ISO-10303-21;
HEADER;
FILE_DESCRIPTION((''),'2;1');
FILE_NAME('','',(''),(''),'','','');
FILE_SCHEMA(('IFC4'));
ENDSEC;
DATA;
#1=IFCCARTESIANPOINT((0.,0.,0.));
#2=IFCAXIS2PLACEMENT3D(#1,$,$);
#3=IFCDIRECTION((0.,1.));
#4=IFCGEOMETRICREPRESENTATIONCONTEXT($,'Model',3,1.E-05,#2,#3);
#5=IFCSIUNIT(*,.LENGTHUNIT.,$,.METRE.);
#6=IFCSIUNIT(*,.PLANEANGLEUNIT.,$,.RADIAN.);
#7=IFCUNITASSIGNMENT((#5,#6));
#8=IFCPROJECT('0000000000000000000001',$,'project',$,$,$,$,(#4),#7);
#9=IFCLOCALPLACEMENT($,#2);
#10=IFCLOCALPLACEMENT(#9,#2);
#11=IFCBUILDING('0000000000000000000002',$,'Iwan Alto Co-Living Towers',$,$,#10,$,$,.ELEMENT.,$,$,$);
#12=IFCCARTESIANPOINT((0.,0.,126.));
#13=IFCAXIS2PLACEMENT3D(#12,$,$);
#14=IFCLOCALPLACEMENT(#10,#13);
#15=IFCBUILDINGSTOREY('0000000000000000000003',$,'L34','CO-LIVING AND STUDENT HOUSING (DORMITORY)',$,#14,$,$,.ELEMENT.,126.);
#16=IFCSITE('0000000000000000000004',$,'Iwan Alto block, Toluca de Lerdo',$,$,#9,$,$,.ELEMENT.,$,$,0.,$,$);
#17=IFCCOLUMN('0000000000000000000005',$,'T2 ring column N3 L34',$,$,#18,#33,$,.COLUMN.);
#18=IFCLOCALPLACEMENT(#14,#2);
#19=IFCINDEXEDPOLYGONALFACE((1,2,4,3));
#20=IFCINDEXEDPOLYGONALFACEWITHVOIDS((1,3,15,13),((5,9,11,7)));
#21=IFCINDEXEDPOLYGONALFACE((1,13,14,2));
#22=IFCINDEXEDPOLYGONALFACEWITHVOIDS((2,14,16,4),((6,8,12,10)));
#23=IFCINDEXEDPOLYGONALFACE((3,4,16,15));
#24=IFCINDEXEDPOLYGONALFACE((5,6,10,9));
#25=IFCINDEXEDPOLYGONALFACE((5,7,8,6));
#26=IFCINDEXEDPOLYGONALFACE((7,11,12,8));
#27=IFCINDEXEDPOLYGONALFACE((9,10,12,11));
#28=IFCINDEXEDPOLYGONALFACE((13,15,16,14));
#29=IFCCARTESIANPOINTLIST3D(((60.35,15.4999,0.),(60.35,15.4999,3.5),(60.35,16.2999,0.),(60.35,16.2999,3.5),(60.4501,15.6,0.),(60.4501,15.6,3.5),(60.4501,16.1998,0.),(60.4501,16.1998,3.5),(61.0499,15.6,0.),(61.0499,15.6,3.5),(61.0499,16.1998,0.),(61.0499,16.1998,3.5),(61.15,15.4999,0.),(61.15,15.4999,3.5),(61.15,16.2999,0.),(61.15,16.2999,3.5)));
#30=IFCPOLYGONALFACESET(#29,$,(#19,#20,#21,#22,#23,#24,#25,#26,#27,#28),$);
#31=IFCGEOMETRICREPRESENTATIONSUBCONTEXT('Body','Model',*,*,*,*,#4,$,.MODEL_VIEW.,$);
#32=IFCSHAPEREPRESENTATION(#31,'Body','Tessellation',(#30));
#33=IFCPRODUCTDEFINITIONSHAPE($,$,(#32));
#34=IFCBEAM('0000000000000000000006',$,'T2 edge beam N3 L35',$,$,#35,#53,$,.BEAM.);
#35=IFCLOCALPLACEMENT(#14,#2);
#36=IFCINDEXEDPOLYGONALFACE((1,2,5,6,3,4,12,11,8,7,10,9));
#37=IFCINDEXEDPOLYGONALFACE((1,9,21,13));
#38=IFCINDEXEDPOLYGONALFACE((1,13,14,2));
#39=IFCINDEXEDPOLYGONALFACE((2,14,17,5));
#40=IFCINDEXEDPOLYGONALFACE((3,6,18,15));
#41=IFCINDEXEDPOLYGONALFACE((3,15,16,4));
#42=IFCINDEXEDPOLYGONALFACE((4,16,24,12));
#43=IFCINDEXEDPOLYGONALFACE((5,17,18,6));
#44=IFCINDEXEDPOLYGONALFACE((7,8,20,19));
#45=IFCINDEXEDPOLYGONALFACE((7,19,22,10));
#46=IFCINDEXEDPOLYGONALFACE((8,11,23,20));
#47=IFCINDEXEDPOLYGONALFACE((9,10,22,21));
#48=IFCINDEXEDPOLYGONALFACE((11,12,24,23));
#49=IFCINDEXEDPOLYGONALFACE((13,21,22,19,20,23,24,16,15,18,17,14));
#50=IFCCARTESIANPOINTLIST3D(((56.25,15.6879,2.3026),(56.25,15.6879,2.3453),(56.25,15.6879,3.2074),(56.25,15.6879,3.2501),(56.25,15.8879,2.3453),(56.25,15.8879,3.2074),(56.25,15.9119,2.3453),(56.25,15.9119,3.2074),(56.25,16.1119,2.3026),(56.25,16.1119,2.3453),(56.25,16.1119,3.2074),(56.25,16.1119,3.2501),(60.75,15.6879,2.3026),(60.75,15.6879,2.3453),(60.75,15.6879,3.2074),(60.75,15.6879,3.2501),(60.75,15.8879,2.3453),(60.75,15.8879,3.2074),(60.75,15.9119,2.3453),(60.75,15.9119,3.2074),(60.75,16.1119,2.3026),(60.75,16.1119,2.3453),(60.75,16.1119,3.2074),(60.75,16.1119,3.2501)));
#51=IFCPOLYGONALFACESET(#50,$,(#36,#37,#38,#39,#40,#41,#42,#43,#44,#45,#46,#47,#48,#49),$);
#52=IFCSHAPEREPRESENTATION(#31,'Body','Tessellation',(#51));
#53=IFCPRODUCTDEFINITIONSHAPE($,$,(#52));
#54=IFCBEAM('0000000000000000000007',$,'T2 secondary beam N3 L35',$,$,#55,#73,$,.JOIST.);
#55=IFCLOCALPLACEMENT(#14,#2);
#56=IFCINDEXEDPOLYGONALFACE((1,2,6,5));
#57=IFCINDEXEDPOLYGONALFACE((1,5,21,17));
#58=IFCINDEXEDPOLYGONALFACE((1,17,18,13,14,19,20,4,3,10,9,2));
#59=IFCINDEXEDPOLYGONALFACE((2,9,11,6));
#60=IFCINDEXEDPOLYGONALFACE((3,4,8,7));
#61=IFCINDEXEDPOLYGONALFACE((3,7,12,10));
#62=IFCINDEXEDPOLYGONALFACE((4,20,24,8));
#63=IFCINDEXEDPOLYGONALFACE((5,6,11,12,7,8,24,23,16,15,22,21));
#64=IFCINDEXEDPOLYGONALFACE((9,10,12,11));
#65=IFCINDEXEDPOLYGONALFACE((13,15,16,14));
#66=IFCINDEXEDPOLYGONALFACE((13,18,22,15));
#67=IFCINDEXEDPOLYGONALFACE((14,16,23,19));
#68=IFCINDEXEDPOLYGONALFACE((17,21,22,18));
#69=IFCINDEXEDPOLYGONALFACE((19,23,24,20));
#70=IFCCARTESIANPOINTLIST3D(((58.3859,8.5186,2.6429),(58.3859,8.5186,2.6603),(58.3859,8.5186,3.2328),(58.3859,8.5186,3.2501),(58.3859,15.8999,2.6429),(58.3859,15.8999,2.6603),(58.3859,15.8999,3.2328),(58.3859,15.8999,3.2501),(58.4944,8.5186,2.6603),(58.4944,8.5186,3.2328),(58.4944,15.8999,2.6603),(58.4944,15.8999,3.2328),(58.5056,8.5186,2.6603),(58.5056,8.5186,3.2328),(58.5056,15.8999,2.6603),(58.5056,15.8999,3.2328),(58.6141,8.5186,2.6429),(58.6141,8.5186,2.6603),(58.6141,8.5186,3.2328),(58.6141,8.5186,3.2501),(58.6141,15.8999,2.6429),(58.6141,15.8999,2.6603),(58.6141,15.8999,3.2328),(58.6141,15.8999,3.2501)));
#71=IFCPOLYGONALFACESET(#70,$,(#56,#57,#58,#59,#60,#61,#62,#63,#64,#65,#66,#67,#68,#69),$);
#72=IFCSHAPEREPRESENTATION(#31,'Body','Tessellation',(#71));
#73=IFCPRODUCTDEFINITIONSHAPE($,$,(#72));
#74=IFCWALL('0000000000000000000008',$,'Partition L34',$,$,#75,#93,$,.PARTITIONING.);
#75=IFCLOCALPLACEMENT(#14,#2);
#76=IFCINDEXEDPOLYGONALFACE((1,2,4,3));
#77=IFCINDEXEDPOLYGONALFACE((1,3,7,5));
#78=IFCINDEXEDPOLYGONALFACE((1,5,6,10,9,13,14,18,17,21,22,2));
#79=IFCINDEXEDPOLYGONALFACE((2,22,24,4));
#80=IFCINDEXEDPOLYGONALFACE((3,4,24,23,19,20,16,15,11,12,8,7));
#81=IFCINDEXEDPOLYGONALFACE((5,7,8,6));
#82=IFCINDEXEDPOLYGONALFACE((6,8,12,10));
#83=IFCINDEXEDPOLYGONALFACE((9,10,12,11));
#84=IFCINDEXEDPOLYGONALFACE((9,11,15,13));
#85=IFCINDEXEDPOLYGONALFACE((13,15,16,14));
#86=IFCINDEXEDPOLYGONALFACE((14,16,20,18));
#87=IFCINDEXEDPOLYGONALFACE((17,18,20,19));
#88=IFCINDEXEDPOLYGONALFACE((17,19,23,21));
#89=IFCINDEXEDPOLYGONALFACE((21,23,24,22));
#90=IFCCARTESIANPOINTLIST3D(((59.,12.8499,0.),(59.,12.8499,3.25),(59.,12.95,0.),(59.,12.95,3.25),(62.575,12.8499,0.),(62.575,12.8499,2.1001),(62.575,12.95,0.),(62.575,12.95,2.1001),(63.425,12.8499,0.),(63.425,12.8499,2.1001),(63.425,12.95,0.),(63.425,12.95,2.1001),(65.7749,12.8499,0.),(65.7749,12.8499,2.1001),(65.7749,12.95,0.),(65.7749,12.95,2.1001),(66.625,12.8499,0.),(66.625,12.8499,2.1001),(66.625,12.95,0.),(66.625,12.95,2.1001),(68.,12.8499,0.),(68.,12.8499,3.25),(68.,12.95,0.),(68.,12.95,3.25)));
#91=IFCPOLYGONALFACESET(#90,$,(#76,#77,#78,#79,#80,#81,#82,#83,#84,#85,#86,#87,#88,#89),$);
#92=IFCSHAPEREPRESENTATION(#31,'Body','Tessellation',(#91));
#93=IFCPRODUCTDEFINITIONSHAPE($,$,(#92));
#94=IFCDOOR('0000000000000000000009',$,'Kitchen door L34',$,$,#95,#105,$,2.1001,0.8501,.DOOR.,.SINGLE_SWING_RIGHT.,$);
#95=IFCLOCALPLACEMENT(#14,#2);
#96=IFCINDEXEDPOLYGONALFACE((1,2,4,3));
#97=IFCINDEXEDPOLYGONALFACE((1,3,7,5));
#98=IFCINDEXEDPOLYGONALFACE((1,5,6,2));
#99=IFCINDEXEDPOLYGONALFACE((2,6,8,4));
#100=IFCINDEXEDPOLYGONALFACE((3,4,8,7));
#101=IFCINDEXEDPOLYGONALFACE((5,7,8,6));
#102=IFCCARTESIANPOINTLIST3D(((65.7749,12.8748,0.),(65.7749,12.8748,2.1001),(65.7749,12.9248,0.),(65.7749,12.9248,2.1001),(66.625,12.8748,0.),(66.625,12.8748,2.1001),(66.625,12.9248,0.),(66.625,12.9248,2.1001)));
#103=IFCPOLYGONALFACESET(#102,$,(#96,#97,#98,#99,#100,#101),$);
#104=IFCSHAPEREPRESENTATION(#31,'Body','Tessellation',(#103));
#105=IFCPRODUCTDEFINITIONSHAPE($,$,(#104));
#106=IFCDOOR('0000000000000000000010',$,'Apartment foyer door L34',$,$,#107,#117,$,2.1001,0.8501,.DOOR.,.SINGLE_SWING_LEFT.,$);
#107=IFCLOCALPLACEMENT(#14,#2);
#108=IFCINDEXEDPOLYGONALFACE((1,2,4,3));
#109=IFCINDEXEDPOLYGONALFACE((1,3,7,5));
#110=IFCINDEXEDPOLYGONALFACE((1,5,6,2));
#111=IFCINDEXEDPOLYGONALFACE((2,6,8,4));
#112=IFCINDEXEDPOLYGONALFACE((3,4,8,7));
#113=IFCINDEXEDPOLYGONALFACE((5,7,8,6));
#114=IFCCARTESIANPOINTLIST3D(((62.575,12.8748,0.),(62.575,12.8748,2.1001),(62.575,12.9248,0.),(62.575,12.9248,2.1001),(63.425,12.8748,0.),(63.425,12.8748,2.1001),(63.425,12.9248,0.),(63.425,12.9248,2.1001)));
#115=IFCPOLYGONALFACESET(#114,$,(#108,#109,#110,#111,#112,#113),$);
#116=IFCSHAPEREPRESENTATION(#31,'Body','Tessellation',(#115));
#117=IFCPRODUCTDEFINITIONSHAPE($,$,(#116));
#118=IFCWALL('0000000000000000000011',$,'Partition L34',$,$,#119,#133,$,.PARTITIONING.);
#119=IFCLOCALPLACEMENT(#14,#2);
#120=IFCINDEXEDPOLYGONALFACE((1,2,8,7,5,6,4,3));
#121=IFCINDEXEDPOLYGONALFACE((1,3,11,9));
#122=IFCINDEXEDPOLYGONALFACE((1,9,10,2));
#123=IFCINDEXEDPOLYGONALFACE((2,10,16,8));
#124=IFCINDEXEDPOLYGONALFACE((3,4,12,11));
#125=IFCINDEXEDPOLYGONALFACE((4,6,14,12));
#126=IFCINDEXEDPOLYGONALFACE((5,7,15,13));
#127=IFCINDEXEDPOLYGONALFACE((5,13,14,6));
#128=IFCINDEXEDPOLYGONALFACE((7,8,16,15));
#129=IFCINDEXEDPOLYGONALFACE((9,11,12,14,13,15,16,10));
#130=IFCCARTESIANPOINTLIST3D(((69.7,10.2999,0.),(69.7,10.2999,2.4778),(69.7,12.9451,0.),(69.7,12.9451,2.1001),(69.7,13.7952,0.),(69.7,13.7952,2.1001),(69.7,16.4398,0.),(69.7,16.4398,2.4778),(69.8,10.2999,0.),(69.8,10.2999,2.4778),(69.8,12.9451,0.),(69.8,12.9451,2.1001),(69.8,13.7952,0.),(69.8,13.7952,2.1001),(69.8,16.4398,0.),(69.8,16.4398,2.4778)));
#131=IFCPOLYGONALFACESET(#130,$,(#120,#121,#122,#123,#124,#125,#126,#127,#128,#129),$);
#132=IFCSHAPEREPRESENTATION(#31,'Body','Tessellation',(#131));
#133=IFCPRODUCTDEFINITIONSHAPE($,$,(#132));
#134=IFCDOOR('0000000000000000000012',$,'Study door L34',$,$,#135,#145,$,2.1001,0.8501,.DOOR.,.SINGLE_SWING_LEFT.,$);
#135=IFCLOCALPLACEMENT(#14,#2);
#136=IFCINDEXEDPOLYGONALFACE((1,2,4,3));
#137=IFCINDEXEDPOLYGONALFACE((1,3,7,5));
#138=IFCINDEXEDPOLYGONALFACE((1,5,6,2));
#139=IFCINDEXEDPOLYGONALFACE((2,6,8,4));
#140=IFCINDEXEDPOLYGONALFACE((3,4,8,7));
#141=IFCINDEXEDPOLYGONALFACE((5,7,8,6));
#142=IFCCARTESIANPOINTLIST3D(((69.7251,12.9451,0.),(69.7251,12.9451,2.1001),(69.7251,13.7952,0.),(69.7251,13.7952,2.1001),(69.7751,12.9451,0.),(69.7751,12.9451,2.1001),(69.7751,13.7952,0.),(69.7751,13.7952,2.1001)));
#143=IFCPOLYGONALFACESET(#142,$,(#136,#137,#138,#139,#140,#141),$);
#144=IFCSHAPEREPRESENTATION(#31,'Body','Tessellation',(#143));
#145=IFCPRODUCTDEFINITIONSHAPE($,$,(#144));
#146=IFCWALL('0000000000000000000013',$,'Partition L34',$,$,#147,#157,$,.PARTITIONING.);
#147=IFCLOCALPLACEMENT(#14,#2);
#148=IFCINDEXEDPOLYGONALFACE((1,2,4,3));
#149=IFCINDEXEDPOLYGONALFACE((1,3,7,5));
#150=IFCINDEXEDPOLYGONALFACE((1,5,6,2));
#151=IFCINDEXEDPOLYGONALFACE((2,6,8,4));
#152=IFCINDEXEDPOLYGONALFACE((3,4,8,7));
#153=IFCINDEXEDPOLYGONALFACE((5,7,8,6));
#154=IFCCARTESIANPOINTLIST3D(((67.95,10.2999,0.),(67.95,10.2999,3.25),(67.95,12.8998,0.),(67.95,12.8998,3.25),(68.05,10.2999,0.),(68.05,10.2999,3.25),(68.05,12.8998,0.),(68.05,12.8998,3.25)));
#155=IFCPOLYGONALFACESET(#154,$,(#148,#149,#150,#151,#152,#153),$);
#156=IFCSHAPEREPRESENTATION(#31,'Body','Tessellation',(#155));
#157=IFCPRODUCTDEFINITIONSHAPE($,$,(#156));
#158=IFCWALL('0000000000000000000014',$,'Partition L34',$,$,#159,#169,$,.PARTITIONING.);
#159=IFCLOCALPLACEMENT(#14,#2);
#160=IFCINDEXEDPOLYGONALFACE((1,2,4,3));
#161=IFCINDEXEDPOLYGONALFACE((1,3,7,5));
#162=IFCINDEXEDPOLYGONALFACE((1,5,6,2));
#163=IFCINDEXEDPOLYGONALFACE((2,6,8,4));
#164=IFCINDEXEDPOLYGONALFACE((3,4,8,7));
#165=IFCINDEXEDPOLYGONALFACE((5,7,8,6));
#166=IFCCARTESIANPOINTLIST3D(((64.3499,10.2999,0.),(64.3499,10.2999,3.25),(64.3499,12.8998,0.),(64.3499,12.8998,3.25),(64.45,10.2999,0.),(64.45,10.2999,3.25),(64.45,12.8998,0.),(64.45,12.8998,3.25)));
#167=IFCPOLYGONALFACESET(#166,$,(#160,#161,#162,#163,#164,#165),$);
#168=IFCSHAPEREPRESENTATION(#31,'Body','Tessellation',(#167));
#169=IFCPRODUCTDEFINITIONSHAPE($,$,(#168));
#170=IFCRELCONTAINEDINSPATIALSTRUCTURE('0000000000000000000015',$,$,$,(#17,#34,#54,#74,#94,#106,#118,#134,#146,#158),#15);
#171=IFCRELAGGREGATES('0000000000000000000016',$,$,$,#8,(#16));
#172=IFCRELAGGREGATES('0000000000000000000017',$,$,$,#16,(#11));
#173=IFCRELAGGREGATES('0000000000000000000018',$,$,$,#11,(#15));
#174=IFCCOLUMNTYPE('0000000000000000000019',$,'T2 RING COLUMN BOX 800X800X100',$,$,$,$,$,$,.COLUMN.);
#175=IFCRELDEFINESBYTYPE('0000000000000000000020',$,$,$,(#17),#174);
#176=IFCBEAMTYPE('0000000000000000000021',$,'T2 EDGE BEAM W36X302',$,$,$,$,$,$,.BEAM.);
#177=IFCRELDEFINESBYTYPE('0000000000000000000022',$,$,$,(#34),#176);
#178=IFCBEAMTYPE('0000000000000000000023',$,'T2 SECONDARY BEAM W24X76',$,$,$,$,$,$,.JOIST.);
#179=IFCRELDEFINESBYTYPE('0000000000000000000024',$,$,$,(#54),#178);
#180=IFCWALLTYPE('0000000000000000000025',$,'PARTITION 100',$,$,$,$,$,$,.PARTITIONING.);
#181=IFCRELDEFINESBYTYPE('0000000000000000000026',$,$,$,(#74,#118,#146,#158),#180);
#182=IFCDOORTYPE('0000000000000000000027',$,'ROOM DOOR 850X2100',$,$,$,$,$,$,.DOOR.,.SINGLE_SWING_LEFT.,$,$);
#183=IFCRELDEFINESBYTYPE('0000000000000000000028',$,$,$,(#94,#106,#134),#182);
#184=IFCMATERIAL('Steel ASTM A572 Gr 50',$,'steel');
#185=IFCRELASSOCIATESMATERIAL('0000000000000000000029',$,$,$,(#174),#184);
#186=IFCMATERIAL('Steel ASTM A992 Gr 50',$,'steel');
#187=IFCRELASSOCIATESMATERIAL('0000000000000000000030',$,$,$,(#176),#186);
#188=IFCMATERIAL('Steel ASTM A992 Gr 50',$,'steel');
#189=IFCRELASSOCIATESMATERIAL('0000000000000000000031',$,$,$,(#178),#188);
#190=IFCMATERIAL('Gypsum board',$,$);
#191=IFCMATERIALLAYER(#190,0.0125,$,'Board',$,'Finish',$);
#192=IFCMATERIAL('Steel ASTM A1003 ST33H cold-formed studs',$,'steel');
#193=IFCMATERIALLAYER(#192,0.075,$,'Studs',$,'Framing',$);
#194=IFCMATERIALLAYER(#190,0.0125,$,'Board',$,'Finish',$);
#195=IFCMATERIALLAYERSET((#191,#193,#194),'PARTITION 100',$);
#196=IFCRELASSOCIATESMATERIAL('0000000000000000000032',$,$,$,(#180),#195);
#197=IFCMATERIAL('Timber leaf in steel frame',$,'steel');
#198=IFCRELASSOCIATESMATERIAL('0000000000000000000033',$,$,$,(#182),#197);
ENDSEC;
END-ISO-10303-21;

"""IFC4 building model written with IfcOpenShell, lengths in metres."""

from ifc_helpers import new_model, si_unit, direction, frame, frame_2d, origin, origin_2d, place, context, subcontext, project, spatial, rectangle, hollow_rectangle, i_section, extrude, material, layer, layer_set, material_profile, profile_set, type_object, element, fill, save


model = new_model("IFC4")

# Units and contexts
model_context = context("Model", 3, precision=1e-05, world=origin(), true_north=direction((0.0, 1.0)))
body_context = subcontext(model_context, "Body", "Model", "MODEL_VIEW")
ifc_project = project(units=[si_unit("LENGTHUNIT", "METRE"), si_unit("PLANEANGLEUNIT", "RADIAN")], contexts=[model_context])

# Site, building, storey
site_placement = place(None, origin())
site = spatial("IfcSite", under=ifc_project, at=site_placement, Name="Iwan Alto block, Toluca de Lerdo", CompositionType="ELEMENT", RefElevation=0.0)
building_placement = place(site_placement, origin())
building = spatial("IfcBuilding", under=site, at=building_placement, Name="Iwan Alto Co-Living Towers", CompositionType="ELEMENT")
storey_placement = place(building_placement, frame((0.0, 0.0, 126.0)))
storey = spatial("IfcBuildingStorey", under=building, at=storey_placement, Name="L34", Description="CO-LIVING AND STUDENT HOUSING (DORMITORY)", CompositionType="ELEMENT", Elevation=126.0)

# Column
ifc_material_1 = material(Name="Steel ASTM A572 Gr 50", Category="steel")
ifc_material_profile_1 = material_profile(ifc_material_1, hollow_rectangle(XDim=0.8, YDim=0.8, WallThickness=0.1001, at=origin_2d()), Name="BOX 800X800X100")
ifc_profile_set_1 = profile_set([ifc_material_profile_1], Name="Steel ASTM A572 Gr 50")
column_type = type_object("IfcColumnType", Name="T2 RING COLUMN BOX 800X800X100", PredefinedType="COLUMN", material=ifc_profile_set_1)
column_placement = place(storey_placement, frame((60.75, 15.8999, 0.0), z_axis=(0.0, 0.0, 1.0), x_axis=(1.0, 0.0, 0.0)))
element("IfcColumn", 1, at=column_placement, inside=storey, type_object=column_type, Name="T2 ring column N3 L34", PredefinedType="COLUMN", context=body_context, shape_type="SweptSolid", body=[
    extrude(hollow_rectangle(XDim=0.8, YDim=0.8, WallThickness=0.1001, at=origin_2d()), origin(), (0.0, 0.0, 1.0), 3.5),
])

# Beams
ifc_material_2 = material(Name="Steel ASTM A992 Gr 50", Category="steel")
ifc_material_profile_2 = material_profile(ifc_material_2, i_section(OverallWidth=0.4241, OverallDepth=0.9475, WebThickness=0.0239, FlangeThickness=0.0427, at=origin_2d()), Name="W36X302")
ifc_profile_set_2 = profile_set([ifc_material_profile_2], Name="Steel ASTM A992 Gr 50")
beam_type_1 = type_object("IfcBeamType", Name="T2 EDGE BEAM W36X302", PredefinedType="BEAM", material=ifc_profile_set_2)
beam_1_placement = place(storey_placement, frame((60.75, 15.8999, 2.7764), z_axis=(-1.0, 0.0, 0.0), x_axis=(0.0, -1.0, 0.0)))
element("IfcBeam", 2, at=beam_1_placement, inside=storey, type_object=beam_type_1, Name="T2 edge beam N3 L35", PredefinedType="BEAM", context=body_context, shape_type="SweptSolid", body=[
    extrude(i_section(OverallWidth=0.4241, OverallDepth=0.9475, WebThickness=0.0239, FlangeThickness=0.0427, at=origin_2d()), origin(), (0.0, 0.0, 1.0), 4.5),
])
ifc_material_3 = material(Name="Steel ASTM A992 Gr 50", Category="steel")
ifc_material_profile_3 = material_profile(ifc_material_3, i_section(OverallWidth=0.2283, OverallDepth=0.6072, WebThickness=0.0112, FlangeThickness=0.0173, at=origin_2d()), Name="W24X76")
ifc_profile_set_3 = profile_set([ifc_material_profile_3], Name="Steel ASTM A992 Gr 50")
beam_type_2 = type_object("IfcBeamType", Name="T2 SECONDARY BEAM W24X76", PredefinedType="JOIST", material=ifc_profile_set_3)
beam_2_placement = place(storey_placement, frame((58.5, 15.8999, 2.9465), z_axis=(0.0, -1.0, 0.0), x_axis=(1.0, 0.0, 0.0)))
element("IfcBeam", 3, at=beam_2_placement, inside=storey, type_object=beam_type_2, Name="T2 secondary beam N3 L35", PredefinedType="JOIST", context=body_context, shape_type="SweptSolid", body=[
    extrude(i_section(OverallWidth=0.2283, OverallDepth=0.6072, WebThickness=0.0112, FlangeThickness=0.0173, at=origin_2d()), origin(), (0.0, 0.0, 1.0), 7.3813),
])

# Wall, openings, doors
ifc_material_4 = material(Name="Gypsum board")
ifc_layer_1 = layer(ifc_material_4, 0.0125, Name="Board", Category="Finish")
ifc_material_5 = material(Name="Steel ASTM A1003 ST33H cold-formed studs", Category="steel")
ifc_layer_2 = layer(ifc_material_5, 0.075, Name="Studs", Category="Framing")
ifc_layer_3 = layer(ifc_material_4, 0.0125, Name="Board", Category="Finish")
ifc_layer_set_1 = layer_set([ifc_layer_1, ifc_layer_2, ifc_layer_3], Name="PARTITION 100")
wall_type_1 = type_object("IfcWallType", Name="PARTITION 100", PredefinedType="PARTITIONING", material=ifc_layer_set_1)
wall_1_placement = place(storey_placement, frame((59.0, 12.8999, 0.0), z_axis=(0.0, 0.0, 1.0), x_axis=(1.0, 0.0, 0.0)))
wall_1 = element("IfcWall", 4, at=wall_1_placement, inside=storey, type_object=wall_type_1, Name="Partition L34", PredefinedType="PARTITIONING", context=body_context, shape_type="SweptSolid", body=[
    extrude(rectangle(XDim=9.0, YDim=0.1001, at=frame_2d((4.5, 0.0))), origin(), (0.0, 0.0, 1.0), 3.25),
])
opening_1_placement = place(wall_1_placement, frame((6.7749, 0.0, 0.0)))
opening_1 = element("IfcOpeningElement", 5, at=opening_1_placement, cuts=wall_1, PredefinedType="OPENING", context=body_context, shape_type="SweptSolid", body=[
    extrude(rectangle(XDim=0.8501, YDim=2.1001, at=frame_2d((0.425, 1.05))), frame((0.0, 0.0601, 0.0), z_axis=(0.0, -1.0, 0.0), x_axis=(1.0, 0.0, 0.0)), (0.0, 0.0, 1.0), 0.1201),
])
opening_2_placement = place(wall_1_placement, frame((3.575, 0.0, 0.0)))
opening_2 = element("IfcOpeningElement", 6, at=opening_2_placement, cuts=wall_1, PredefinedType="OPENING", context=body_context, shape_type="SweptSolid", body=[
    extrude(rectangle(XDim=0.8501, YDim=2.1001, at=frame_2d((0.425, 1.05))), frame((0.0, 0.0601, 0.0), z_axis=(0.0, -1.0, 0.0), x_axis=(1.0, 0.0, 0.0)), (0.0, 0.0, 1.0), 0.1201),
])
ifc_material_6 = material(Name="Timber leaf in steel frame", Category="steel")
door_type_1 = type_object("IfcDoorType", Name="ROOM DOOR 850X2100", OperationType="SINGLE_SWING_LEFT", PredefinedType="DOOR", material=ifc_material_6)
door_1_placement = place(opening_1_placement, origin())
door_1 = element("IfcDoor", 7, at=door_1_placement, inside=storey, type_object=door_type_1, Name="Kitchen door L34", OperationType="SINGLE_SWING_RIGHT", OverallHeight=2.1001, OverallWidth=0.8501, PredefinedType="DOOR", context=body_context, shape_type="SweptSolid", body=[
    extrude(rectangle(XDim=0.8501, YDim=2.1001, at=frame_2d((0.425, 1.05))), frame((0.0, 0.0249, 0.0), z_axis=(0.0, -1.0, 0.0), x_axis=(1.0, 0.0, 0.0)), (0.0, 0.0, 1.0), 0.05),
])
fill(opening_1, door_1)
door_2_placement = place(opening_2_placement, origin())
door_2 = element("IfcDoor", 8, at=door_2_placement, inside=storey, type_object=door_type_1, Name="Apartment foyer door L34", OperationType="SINGLE_SWING_LEFT", OverallHeight=2.1001, OverallWidth=0.8501, PredefinedType="DOOR", context=body_context, shape_type="SweptSolid", body=[
    extrude(rectangle(XDim=0.8501, YDim=2.1001, at=frame_2d((0.425, 1.05))), frame((0.0, 0.0249, 0.0), z_axis=(0.0, -1.0, 0.0), x_axis=(1.0, 0.0, 0.0)), (0.0, 0.0, 1.0), 0.05),
])
fill(opening_2, door_2)

# Wall, opening, door
wall_2_placement = place(storey_placement, frame((69.75, 10.3, 0.0), z_axis=(0.0, 0.0, 1.0), x_axis=(0.0, 1.0, 0.0)))
wall_2 = element("IfcWall", 9, at=wall_2_placement, inside=storey, type_object=wall_type_1, Name="Partition L34", PredefinedType="PARTITIONING", context=body_context, shape_type="SweptSolid", body=[
    extrude(rectangle(XDim=6.1399, YDim=0.1001, at=frame_2d((3.0698, 0.0))), origin(), (0.0, 0.0, 1.0), 2.4778),
])
opening_3_placement = place(wall_2_placement, frame((2.645, 0.0, 0.0)))
opening_3 = element("IfcOpeningElement", 10, at=opening_3_placement, cuts=wall_2, PredefinedType="OPENING", context=body_context, shape_type="SweptSolid", body=[
    extrude(rectangle(XDim=0.8501, YDim=2.1001, at=frame_2d((0.425, 1.05))), frame((0.0, 0.0601, 0.0), z_axis=(0.0, -1.0, 0.0), x_axis=(1.0, 0.0, 0.0)), (0.0, 0.0, 1.0), 0.1201),
])
door_3_placement = place(opening_3_placement, origin())
door_3 = element("IfcDoor", 11, at=door_3_placement, inside=storey, type_object=door_type_1, Name="Study door L34", OperationType="SINGLE_SWING_LEFT", OverallHeight=2.1001, OverallWidth=0.8501, PredefinedType="DOOR", context=body_context, shape_type="SweptSolid", body=[
    extrude(rectangle(XDim=0.8501, YDim=2.1001, at=frame_2d((0.425, 1.05))), frame((0.0, 0.0249, 0.0), z_axis=(0.0, -1.0, 0.0), x_axis=(1.0, 0.0, 0.0)), (0.0, 0.0, 1.0), 0.05),
])
fill(opening_3, door_3)

# Walls
for number, where, z_axis, x_axis, name in (
    (12, (68.0, 10.3, 0.0), (0.0, 0.0, 1.0), (0.0, 1.0, 0.0), "Partition L34"),
    (13, (64.3999, 10.3, 0.0), (0.0, 0.0, 1.0), (0.0, 1.0, 0.0), "Partition L34"),
):
    element("IfcWall", number, at=place(storey_placement, frame(where, z_axis=z_axis, x_axis=x_axis)), inside=storey, type_object=wall_type_1, Name=name, PredefinedType="PARTITIONING", context=body_context, shape_type="SweptSolid", body=[
        extrude(rectangle(XDim=2.5999, YDim=0.1001, at=frame_2d((1.2998, 0.0))), origin(), (0.0, 0.0, 1.0), 3.25),
    ])

save(model, "model.ifc")
